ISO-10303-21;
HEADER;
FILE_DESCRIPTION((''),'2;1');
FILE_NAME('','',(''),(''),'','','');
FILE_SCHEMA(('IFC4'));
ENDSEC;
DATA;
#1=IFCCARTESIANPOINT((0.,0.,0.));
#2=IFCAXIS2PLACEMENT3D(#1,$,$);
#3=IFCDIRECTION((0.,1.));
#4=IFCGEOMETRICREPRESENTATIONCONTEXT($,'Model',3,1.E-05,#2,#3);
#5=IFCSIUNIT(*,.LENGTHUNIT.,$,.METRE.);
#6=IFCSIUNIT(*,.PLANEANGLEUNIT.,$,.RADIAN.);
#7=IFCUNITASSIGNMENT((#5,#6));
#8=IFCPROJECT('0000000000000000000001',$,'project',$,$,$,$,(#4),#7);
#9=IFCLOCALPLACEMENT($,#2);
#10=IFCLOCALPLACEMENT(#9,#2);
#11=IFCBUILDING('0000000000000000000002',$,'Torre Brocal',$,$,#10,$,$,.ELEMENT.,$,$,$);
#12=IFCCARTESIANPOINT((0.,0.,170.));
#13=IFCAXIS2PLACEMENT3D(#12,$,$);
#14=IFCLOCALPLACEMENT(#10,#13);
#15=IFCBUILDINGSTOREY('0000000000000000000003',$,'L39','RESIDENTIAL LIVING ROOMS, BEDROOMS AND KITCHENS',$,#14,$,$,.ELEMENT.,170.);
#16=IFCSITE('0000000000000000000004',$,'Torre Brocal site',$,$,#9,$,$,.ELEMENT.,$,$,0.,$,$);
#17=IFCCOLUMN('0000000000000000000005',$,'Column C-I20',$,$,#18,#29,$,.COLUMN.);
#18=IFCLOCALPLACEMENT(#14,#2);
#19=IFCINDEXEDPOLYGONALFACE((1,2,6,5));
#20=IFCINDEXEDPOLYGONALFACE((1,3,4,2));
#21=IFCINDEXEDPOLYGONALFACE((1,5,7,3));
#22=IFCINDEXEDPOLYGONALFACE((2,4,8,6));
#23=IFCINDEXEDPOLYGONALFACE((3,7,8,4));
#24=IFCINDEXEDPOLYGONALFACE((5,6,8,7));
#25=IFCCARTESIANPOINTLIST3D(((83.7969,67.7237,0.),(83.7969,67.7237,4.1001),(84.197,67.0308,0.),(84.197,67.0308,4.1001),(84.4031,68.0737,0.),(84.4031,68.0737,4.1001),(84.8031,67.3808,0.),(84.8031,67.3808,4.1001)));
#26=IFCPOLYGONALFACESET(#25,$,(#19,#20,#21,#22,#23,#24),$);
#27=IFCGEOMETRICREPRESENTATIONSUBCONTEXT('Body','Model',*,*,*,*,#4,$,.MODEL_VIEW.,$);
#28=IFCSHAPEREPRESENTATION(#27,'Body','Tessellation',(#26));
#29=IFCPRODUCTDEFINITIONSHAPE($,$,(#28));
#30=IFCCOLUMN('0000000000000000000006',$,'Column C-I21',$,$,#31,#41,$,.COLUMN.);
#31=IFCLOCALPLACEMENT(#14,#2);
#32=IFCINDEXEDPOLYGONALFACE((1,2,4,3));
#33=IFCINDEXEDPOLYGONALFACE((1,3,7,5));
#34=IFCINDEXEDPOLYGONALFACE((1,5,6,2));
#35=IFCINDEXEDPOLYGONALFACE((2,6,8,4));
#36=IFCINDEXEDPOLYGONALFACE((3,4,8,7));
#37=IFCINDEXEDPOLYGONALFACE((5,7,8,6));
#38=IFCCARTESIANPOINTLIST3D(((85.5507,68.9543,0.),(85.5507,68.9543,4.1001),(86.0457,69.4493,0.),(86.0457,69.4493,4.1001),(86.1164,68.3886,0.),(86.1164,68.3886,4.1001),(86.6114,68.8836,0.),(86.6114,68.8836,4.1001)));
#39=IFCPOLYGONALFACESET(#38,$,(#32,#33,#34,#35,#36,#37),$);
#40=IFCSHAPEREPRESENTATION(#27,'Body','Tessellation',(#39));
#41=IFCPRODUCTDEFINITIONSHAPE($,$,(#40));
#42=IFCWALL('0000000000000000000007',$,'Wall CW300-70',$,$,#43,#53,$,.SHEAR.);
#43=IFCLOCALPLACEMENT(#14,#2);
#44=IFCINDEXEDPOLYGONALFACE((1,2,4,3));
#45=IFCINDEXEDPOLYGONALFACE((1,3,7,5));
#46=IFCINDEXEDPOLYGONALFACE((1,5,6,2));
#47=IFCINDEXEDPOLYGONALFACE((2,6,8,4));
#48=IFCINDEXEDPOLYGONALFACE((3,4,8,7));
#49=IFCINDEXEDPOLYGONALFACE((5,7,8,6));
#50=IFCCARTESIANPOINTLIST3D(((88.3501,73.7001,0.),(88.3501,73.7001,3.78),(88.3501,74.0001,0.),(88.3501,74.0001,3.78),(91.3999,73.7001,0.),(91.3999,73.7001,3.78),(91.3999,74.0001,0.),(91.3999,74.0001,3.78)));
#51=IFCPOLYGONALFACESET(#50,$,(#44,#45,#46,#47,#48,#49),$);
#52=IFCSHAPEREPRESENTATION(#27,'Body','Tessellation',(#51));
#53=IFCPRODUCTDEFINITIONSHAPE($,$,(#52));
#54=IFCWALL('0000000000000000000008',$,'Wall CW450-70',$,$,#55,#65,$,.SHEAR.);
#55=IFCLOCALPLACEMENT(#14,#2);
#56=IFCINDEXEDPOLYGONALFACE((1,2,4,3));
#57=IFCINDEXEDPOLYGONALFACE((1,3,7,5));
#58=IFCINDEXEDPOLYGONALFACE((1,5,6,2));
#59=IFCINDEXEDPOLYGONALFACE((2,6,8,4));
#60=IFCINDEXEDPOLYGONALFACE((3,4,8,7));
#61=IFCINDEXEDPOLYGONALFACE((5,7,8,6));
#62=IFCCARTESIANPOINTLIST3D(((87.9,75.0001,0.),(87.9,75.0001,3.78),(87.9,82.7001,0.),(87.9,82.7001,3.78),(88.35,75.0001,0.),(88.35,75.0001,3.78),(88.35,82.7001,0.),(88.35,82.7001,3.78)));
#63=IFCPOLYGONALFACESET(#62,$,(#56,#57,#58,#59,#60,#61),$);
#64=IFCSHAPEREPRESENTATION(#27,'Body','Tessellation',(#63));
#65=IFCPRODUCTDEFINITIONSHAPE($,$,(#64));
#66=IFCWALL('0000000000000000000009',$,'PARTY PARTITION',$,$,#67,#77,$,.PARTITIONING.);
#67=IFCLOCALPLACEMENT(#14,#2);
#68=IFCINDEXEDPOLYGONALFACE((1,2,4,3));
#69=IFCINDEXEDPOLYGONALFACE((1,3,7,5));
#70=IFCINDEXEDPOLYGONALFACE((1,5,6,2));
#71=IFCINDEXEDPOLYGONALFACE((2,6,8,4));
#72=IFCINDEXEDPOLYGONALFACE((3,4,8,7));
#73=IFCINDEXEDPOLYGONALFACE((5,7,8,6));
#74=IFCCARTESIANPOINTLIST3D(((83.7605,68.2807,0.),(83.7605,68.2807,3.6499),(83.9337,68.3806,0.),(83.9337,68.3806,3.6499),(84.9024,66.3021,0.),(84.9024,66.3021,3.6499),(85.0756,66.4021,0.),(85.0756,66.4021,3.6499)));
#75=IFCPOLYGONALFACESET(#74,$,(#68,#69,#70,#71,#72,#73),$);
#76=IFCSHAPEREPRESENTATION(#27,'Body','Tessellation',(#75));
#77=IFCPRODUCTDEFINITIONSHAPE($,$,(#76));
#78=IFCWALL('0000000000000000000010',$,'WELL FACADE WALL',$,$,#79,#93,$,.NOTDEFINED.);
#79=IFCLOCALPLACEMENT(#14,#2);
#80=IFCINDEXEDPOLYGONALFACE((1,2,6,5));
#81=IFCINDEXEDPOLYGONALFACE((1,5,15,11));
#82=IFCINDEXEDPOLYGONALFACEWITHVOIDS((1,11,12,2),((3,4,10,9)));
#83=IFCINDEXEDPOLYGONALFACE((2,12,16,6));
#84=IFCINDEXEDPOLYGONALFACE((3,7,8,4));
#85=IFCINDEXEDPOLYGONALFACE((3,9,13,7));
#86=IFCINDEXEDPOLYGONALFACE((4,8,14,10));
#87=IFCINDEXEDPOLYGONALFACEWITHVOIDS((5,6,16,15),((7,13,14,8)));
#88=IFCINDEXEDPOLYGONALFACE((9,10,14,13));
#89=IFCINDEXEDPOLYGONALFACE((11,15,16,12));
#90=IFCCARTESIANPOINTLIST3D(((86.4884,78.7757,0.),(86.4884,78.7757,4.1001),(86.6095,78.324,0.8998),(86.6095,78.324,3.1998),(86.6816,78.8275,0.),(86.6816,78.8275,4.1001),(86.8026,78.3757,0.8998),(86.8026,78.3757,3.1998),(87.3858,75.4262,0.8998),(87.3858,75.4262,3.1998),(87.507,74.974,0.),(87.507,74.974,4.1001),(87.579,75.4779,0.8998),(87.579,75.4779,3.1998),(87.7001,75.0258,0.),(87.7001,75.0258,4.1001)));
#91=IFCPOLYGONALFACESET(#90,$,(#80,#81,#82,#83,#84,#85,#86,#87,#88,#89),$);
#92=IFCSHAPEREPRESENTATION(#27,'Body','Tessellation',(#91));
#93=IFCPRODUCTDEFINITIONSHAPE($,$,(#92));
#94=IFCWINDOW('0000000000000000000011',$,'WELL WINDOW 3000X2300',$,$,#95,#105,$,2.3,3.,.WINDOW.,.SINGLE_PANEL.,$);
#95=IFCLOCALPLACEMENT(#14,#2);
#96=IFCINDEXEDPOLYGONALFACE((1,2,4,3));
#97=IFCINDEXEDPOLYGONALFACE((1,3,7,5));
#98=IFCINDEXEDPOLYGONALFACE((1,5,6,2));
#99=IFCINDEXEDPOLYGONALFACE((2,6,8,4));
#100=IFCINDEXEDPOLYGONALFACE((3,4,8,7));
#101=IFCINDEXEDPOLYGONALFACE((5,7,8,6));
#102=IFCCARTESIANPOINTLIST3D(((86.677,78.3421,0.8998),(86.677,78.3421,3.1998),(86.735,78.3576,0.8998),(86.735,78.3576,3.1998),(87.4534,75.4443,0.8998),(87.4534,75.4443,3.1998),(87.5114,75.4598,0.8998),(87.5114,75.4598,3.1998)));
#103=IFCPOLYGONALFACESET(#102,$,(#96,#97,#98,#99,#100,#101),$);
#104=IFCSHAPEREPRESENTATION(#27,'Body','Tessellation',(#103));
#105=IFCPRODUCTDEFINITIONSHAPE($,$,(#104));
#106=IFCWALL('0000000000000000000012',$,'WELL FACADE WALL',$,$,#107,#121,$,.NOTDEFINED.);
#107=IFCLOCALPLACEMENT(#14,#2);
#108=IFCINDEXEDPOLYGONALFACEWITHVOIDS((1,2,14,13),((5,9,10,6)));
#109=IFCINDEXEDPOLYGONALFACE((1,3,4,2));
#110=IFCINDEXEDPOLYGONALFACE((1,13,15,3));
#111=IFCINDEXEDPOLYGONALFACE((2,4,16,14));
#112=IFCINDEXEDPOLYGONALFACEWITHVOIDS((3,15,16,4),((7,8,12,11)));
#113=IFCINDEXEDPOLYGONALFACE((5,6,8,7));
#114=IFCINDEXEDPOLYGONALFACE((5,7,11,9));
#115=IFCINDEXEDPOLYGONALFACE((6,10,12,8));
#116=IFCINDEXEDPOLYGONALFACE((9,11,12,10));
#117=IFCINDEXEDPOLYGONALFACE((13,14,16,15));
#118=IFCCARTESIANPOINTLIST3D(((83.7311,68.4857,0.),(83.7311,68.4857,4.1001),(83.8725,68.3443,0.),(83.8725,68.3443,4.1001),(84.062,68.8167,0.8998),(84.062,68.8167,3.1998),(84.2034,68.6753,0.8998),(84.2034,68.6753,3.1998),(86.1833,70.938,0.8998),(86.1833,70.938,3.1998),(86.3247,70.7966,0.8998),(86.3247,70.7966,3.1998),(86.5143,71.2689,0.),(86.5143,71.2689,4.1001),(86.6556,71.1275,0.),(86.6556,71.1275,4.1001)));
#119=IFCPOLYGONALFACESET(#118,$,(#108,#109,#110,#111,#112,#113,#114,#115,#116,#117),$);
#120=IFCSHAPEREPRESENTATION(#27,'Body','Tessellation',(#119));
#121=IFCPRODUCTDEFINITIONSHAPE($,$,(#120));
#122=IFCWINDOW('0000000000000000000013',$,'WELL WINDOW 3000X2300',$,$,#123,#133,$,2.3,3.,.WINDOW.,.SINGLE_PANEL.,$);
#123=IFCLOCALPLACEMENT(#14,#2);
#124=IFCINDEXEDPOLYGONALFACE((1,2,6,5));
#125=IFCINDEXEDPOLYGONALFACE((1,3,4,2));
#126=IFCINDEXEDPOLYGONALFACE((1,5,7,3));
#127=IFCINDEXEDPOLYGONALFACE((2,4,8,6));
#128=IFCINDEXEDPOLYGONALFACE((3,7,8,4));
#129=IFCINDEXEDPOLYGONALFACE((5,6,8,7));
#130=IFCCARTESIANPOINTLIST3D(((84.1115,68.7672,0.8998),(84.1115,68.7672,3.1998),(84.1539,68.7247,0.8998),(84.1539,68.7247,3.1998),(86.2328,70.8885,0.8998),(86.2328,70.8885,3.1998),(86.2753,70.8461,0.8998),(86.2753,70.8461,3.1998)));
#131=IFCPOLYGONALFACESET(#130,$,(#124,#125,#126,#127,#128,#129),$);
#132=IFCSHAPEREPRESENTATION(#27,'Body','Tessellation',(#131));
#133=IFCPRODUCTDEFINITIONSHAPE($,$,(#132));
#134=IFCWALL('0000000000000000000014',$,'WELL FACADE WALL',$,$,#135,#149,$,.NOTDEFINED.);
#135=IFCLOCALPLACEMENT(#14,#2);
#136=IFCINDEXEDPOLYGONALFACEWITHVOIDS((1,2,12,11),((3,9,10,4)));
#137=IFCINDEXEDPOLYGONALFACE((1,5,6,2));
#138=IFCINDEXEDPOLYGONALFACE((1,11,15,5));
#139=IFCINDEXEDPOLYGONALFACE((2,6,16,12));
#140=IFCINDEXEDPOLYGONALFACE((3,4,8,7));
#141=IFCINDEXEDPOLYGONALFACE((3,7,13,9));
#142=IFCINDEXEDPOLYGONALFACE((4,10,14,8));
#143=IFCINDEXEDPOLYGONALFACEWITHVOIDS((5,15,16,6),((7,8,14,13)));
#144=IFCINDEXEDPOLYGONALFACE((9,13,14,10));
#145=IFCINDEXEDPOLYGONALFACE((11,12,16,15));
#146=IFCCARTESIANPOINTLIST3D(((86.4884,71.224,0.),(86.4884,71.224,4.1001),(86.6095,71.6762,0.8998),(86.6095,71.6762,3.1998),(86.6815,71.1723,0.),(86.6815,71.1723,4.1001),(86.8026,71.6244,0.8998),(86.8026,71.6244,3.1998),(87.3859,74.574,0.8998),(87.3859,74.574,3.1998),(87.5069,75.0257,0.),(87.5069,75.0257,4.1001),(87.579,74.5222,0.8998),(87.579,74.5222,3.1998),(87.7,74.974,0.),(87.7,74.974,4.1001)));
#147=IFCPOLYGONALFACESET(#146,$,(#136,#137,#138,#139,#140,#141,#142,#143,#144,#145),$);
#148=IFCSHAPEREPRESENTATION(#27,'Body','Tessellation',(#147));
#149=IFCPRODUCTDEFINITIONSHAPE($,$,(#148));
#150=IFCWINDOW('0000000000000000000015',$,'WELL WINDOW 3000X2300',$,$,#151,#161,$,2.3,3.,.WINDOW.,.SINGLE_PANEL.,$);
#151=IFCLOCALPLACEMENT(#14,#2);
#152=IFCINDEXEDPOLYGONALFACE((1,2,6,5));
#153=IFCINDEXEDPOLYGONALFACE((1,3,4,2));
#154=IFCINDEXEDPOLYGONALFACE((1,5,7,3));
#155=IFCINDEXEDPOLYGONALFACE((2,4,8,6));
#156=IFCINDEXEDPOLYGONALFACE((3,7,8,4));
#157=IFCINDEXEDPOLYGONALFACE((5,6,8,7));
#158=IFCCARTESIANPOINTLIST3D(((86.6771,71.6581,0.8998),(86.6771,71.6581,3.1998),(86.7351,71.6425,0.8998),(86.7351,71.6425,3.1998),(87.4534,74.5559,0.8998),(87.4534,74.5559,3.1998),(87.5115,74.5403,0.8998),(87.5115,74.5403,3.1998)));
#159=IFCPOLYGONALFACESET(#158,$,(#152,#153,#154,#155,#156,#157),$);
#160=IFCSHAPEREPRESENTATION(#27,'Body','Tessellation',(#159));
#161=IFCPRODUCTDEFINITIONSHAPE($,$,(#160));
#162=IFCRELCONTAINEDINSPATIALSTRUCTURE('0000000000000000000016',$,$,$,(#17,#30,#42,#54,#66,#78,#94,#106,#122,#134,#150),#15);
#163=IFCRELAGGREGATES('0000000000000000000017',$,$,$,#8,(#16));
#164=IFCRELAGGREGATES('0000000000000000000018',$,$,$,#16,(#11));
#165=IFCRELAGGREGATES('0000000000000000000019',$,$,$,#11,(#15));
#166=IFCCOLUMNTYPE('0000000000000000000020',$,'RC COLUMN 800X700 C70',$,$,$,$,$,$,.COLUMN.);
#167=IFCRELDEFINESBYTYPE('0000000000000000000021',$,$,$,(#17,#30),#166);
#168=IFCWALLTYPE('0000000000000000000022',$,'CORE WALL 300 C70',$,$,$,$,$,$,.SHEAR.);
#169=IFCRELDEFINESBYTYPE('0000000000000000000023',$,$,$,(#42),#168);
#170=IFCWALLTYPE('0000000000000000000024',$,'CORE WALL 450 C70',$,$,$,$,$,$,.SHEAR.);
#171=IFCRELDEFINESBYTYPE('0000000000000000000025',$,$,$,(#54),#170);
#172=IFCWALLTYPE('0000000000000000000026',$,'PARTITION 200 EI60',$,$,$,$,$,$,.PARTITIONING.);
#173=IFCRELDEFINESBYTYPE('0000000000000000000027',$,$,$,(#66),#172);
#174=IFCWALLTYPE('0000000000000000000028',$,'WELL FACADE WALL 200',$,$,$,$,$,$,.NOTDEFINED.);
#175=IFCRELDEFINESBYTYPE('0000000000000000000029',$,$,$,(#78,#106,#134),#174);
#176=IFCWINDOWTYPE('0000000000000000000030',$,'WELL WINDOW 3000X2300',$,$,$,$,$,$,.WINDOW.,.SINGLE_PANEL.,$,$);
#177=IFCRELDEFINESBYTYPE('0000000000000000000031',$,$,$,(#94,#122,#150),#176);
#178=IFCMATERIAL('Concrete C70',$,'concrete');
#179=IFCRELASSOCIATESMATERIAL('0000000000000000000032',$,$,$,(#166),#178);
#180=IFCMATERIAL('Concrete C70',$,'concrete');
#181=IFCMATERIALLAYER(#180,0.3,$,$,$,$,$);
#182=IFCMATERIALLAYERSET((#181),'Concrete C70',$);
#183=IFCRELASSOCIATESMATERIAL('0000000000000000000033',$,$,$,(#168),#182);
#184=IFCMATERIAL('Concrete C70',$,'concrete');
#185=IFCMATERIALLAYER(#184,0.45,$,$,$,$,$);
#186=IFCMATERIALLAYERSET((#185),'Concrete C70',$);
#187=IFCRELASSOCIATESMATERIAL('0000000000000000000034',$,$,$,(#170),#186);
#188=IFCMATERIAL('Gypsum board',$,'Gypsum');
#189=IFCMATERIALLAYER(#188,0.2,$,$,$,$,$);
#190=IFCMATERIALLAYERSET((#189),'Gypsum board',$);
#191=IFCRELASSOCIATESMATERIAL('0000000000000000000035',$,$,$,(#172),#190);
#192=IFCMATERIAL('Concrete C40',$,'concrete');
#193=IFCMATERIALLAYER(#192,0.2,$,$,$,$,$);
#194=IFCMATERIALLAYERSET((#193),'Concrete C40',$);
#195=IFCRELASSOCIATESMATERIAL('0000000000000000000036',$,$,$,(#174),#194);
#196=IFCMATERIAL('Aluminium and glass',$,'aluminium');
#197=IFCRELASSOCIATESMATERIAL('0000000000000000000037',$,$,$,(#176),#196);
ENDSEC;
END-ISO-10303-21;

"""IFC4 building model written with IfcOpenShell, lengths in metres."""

from ifc_helpers import new_model, si_unit, direction, frame, frame_2d, origin, origin_2d, place, context, subcontext, project, spatial, rectangle, extrude, material, layer, layer_set, material_profile, profile_set, type_object, element, fill, save


model = new_model("IFC4")

# Units and contexts
model_context = context("Model", 3, precision=1e-05, world=origin(), true_north=direction((0.0, 1.0)))
body_context = subcontext(model_context, "Body", "Model", "MODEL_VIEW")
ifc_project = project(units=[si_unit("LENGTHUNIT", "METRE"), si_unit("PLANEANGLEUNIT", "RADIAN")], contexts=[model_context])

# Site, building, storey
site_placement = place(None, origin())
site = spatial("IfcSite", under=ifc_project, at=site_placement, Name="Torre Brocal site", CompositionType="ELEMENT", RefElevation=0.0)
building_placement = place(site_placement, origin())
building = spatial("IfcBuilding", under=site, at=building_placement, Name="Torre Brocal", CompositionType="ELEMENT")
storey_placement = place(building_placement, frame((0.0, 0.0, 170.0)))
storey = spatial("IfcBuildingStorey", under=building, at=storey_placement, Name="L39", Description="RESIDENTIAL LIVING ROOMS, BEDROOMS AND KITCHENS", CompositionType="ELEMENT", Elevation=170.0)

# Columns
ifc_material_1 = material(Name="Concrete C70", Category="concrete")
ifc_material_profile = material_profile(ifc_material_1, rectangle(XDim=0.8, YDim=0.7, at=origin_2d()), Name="RC 800X700")
ifc_profile_set = profile_set([ifc_material_profile], Name="Concrete C70")
column_type = type_object("IfcColumnType", Name="RC COLUMN 800X700 C70", PredefinedType="COLUMN", material=ifc_profile_set)
for number, where, z_axis, x_axis, name in (
    (1, (84.3, 67.5522, 0.0), (0.0, 0.0, 1.0), (0.5, -0.866025, 0.0), "Column C-I20"),
    (2, (86.0811, 68.9189, 0.0), (0.0, 0.0, 1.0), (0.707107, -0.707107, 0.0), "Column C-I21"),
):
    element("IfcColumn", number, at=place(storey_placement, frame(where, z_axis=z_axis, x_axis=x_axis)), inside=storey, type_object=column_type, Name=name, PredefinedType="COLUMN", context=body_context, shape_type="SweptSolid", body=[
        extrude(rectangle(XDim=0.8, YDim=0.7, at=origin_2d()), origin(), (0.0, 0.0, 1.0), 4.1001),
    ])

# Walls
ifc_material_2 = material(Name="Concrete C70", Category="concrete")
ifc_layer_1 = layer(ifc_material_2, 0.3)
ifc_layer_set_1 = layer_set([ifc_layer_1], Name="Concrete C70")
wall_type_1 = type_object("IfcWallType", Name="CORE WALL 300 C70", PredefinedType="SHEAR", material=ifc_layer_set_1)
wall_1_placement = place(storey_placement, frame((88.3501, 73.8501, 0.0), z_axis=(0.0, 0.0, 1.0), x_axis=(1.0, 0.0, 0.0)))
element("IfcWall", 3, at=wall_1_placement, inside=storey, type_object=wall_type_1, Name="Wall CW300-70", PredefinedType="SHEAR", context=body_context, shape_type="SweptSolid", body=[
    extrude(rectangle(XDim=3.0498, YDim=0.3, at=frame_2d((1.5249, 0.0))), origin(), (0.0, 0.0, 1.0), 3.78),
])
ifc_material_3 = material(Name="Concrete C70", Category="concrete")
ifc_layer_2 = layer(ifc_material_3, 0.45)
ifc_layer_set_2 = layer_set([ifc_layer_2], Name="Concrete C70")
wall_type_2 = type_object("IfcWallType", Name="CORE WALL 450 C70", PredefinedType="SHEAR", material=ifc_layer_set_2)
wall_2_placement = place(storey_placement, frame((88.125, 75.0, 0.0), z_axis=(0.0, 0.0, 1.0), x_axis=(0.0, 1.0, 0.0)))
element("IfcWall", 4, at=wall_2_placement, inside=storey, type_object=wall_type_2, Name="Wall CW450-70", PredefinedType="SHEAR", context=body_context, shape_type="SweptSolid", body=[
    extrude(rectangle(XDim=7.7, YDim=0.45, at=frame_2d((3.8501, 0.0))), origin(), (0.0, 0.0, 1.0), 3.78),
])
ifc_material_4 = material(Name="Gypsum board", Category="Gypsum")
ifc_layer_3 = layer(ifc_material_4, 0.2)
ifc_layer_set_3 = layer_set([ifc_layer_3], Name="Gypsum board")
wall_type_3 = type_object("IfcWallType", Name="PARTITION 200 EI60", PredefinedType="PARTITIONING", material=ifc_layer_set_3)
wall_3_placement = place(storey_placement, frame((83.8472, 68.3306, 0.0), z_axis=(0.0, 0.0, 1.0), x_axis=(0.499852, -0.866111, 0.0)))
element("IfcWall", 5, at=wall_3_placement, inside=storey, type_object=wall_type_3, Name="PARTY PARTITION", PredefinedType="PARTITIONING", context=body_context, shape_type="SweptSolid", body=[
    extrude(rectangle(XDim=2.2844, YDim=0.2, at=frame_2d((1.1421, 0.0))), origin(), (0.0, 0.0, 1.0), 3.6499),
])

# Walls, openings, windows
ifc_material_5 = material(Name="Concrete C40", Category="concrete")
ifc_layer_4 = layer(ifc_material_5, 0.2)
ifc_layer_set_4 = layer_set([ifc_layer_4], Name="Concrete C40")
wall_type_4 = type_object("IfcWallType", Name="WELL FACADE WALL 200", PredefinedType="NOTDEFINED", material=ifc_layer_set_4)
wall_4_placement = place(storey_placement, frame((87.6035, 75.0, 0.0), z_axis=(0.0, 0.0, 1.0), x_axis=(-0.25879, 0.965934, 0.0)))
wall_4 = element("IfcWall", 6, at=wall_4_placement, inside=storey, type_object=wall_type_4, Name="WELL FACADE WALL", PredefinedType="NOTDEFINED", context=body_context, shape_type="SweptSolid", body=[
    extrude(rectangle(XDim=3.9358, YDim=0.2, at=frame_2d((1.9678, 0.0))), origin(), (0.0, 0.0, 1.0), 4.1001),
])
opening_1_placement = place(wall_4_placement, frame((0.468, 0.0, 0.8999)))
opening_1 = element("IfcOpeningElement", 7, at=opening_1_placement, cuts=wall_4, PredefinedType="OPENING", context=body_context, shape_type="SweptSolid", body=[
    extrude(rectangle(XDim=3.0, YDim=2.3, at=frame_2d((1.5, 1.1499))), frame((0.0, 0.1099, 0.0), z_axis=(0.0, -1.0, 0.0), x_axis=(1.0, 0.0, 0.0)), (0.0, 0.0, 1.0), 0.22),
])
ifc_material_6 = material(Name="Aluminium and glass", Category="aluminium")
window_type = type_object("IfcWindowType", Name="WELL WINDOW 3000X2300", PartitioningType="SINGLE_PANEL", PredefinedType="WINDOW", material=ifc_material_6)
window_1_placement = place(opening_1_placement, origin())
window_1 = element("IfcWindow", 8, at=window_1_placement, inside=storey, type_object=window_type, Name="WELL WINDOW 3000X2300", OverallHeight=2.3, OverallWidth=3.0, PartitioningType="SINGLE_PANEL", PredefinedType="WINDOW", context=body_context, shape_type="SweptSolid", body=[
    extrude(rectangle(XDim=3.0, YDim=2.3, at=frame_2d((1.5, 1.1499))), frame((0.0, 0.03, 0.0), z_axis=(0.0, -1.0, 0.0), x_axis=(1.0, 0.0, 0.0)), (0.0, 0.0, 1.0), 0.0601),
])
fill(opening_1, window_1)
wall_5_placement = place(storey_placement, frame((83.8018, 68.415, 0.0), z_axis=(0.0, 0.0, 1.0), x_axis=(0.707107, 0.707107, 0.0)))
wall_5 = element("IfcWall", 9, at=wall_5_placement, inside=storey, type_object=wall_type_4, Name="WELL FACADE WALL", PredefinedType="NOTDEFINED", context=body_context, shape_type="SweptSolid", body=[
    extrude(rectangle(XDim=3.936, YDim=0.2, at=frame_2d((1.968, 0.0))), origin(), (0.0, 0.0, 1.0), 4.1001),
])
opening_2_placement = place(wall_5_placement, frame((0.468, 0.0, 0.8999)))
opening_2 = element("IfcOpeningElement", 10, at=opening_2_placement, cuts=wall_5, PredefinedType="OPENING", context=body_context, shape_type="SweptSolid", body=[
    extrude(rectangle(XDim=3.0, YDim=2.3, at=frame_2d((1.5, 1.1499))), frame((0.0, 0.1099, 0.0), z_axis=(0.0, -1.0, 0.0), x_axis=(1.0, 0.0, 0.0)), (0.0, 0.0, 1.0), 0.22),
])
window_2_placement = place(opening_2_placement, origin())
window_2 = element("IfcWindow", 11, at=window_2_placement, inside=storey, type_object=window_type, Name="WELL WINDOW 3000X2300", OverallHeight=2.3, OverallWidth=3.0, PartitioningType="SINGLE_PANEL", PredefinedType="WINDOW", context=body_context, shape_type="SweptSolid", body=[
    extrude(rectangle(XDim=3.0, YDim=2.3, at=frame_2d((1.5, 1.1499))), frame((0.0, 0.03, 0.0), z_axis=(0.0, -1.0, 0.0), x_axis=(1.0, 0.0, 0.0)), (0.0, 0.0, 1.0), 0.0601),
])
fill(opening_2, window_2)
wall_6_placement = place(storey_placement, frame((86.585, 71.1982, 0.0), z_axis=(0.0, 0.0, 1.0), x_axis=(0.25879, 0.965934, 0.0)))
wall_6 = element("IfcWall", 12, at=wall_6_placement, inside=storey, type_object=wall_type_4, Name="WELL FACADE WALL", PredefinedType="NOTDEFINED", context=body_context, shape_type="SweptSolid", body=[
    extrude(rectangle(XDim=3.9358, YDim=0.2, at=frame_2d((1.9678, 0.0))), origin(), (0.0, 0.0, 1.0), 4.1001),
])
opening_3_placement = place(wall_6_placement, frame((0.468, 0.0, 0.8999)))
opening_3 = element("IfcOpeningElement", 13, at=opening_3_placement, cuts=wall_6, PredefinedType="OPENING", context=body_context, shape_type="SweptSolid", body=[
    extrude(rectangle(XDim=3.0, YDim=2.3, at=frame_2d((1.5, 1.1499))), frame((0.0, 0.1099, 0.0), z_axis=(0.0, -1.0, 0.0), x_axis=(1.0, 0.0, 0.0)), (0.0, 0.0, 1.0), 0.22),
])
window_3_placement = place(opening_3_placement, origin())
window_3 = element("IfcWindow", 14, at=window_3_placement, inside=storey, type_object=window_type, Name="WELL WINDOW 3000X2300", OverallHeight=2.3, OverallWidth=3.0, PartitioningType="SINGLE_PANEL", PredefinedType="WINDOW", context=body_context, shape_type="SweptSolid", body=[
    extrude(rectangle(XDim=3.0, YDim=2.3, at=frame_2d((1.5, 1.1499))), frame((0.0, 0.03, 0.0), z_axis=(0.0, -1.0, 0.0), x_axis=(1.0, 0.0, 0.0)), (0.0, 0.0, 1.0), 0.0601),
])
fill(opening_3, window_3)

save(model, "model.ifc")
